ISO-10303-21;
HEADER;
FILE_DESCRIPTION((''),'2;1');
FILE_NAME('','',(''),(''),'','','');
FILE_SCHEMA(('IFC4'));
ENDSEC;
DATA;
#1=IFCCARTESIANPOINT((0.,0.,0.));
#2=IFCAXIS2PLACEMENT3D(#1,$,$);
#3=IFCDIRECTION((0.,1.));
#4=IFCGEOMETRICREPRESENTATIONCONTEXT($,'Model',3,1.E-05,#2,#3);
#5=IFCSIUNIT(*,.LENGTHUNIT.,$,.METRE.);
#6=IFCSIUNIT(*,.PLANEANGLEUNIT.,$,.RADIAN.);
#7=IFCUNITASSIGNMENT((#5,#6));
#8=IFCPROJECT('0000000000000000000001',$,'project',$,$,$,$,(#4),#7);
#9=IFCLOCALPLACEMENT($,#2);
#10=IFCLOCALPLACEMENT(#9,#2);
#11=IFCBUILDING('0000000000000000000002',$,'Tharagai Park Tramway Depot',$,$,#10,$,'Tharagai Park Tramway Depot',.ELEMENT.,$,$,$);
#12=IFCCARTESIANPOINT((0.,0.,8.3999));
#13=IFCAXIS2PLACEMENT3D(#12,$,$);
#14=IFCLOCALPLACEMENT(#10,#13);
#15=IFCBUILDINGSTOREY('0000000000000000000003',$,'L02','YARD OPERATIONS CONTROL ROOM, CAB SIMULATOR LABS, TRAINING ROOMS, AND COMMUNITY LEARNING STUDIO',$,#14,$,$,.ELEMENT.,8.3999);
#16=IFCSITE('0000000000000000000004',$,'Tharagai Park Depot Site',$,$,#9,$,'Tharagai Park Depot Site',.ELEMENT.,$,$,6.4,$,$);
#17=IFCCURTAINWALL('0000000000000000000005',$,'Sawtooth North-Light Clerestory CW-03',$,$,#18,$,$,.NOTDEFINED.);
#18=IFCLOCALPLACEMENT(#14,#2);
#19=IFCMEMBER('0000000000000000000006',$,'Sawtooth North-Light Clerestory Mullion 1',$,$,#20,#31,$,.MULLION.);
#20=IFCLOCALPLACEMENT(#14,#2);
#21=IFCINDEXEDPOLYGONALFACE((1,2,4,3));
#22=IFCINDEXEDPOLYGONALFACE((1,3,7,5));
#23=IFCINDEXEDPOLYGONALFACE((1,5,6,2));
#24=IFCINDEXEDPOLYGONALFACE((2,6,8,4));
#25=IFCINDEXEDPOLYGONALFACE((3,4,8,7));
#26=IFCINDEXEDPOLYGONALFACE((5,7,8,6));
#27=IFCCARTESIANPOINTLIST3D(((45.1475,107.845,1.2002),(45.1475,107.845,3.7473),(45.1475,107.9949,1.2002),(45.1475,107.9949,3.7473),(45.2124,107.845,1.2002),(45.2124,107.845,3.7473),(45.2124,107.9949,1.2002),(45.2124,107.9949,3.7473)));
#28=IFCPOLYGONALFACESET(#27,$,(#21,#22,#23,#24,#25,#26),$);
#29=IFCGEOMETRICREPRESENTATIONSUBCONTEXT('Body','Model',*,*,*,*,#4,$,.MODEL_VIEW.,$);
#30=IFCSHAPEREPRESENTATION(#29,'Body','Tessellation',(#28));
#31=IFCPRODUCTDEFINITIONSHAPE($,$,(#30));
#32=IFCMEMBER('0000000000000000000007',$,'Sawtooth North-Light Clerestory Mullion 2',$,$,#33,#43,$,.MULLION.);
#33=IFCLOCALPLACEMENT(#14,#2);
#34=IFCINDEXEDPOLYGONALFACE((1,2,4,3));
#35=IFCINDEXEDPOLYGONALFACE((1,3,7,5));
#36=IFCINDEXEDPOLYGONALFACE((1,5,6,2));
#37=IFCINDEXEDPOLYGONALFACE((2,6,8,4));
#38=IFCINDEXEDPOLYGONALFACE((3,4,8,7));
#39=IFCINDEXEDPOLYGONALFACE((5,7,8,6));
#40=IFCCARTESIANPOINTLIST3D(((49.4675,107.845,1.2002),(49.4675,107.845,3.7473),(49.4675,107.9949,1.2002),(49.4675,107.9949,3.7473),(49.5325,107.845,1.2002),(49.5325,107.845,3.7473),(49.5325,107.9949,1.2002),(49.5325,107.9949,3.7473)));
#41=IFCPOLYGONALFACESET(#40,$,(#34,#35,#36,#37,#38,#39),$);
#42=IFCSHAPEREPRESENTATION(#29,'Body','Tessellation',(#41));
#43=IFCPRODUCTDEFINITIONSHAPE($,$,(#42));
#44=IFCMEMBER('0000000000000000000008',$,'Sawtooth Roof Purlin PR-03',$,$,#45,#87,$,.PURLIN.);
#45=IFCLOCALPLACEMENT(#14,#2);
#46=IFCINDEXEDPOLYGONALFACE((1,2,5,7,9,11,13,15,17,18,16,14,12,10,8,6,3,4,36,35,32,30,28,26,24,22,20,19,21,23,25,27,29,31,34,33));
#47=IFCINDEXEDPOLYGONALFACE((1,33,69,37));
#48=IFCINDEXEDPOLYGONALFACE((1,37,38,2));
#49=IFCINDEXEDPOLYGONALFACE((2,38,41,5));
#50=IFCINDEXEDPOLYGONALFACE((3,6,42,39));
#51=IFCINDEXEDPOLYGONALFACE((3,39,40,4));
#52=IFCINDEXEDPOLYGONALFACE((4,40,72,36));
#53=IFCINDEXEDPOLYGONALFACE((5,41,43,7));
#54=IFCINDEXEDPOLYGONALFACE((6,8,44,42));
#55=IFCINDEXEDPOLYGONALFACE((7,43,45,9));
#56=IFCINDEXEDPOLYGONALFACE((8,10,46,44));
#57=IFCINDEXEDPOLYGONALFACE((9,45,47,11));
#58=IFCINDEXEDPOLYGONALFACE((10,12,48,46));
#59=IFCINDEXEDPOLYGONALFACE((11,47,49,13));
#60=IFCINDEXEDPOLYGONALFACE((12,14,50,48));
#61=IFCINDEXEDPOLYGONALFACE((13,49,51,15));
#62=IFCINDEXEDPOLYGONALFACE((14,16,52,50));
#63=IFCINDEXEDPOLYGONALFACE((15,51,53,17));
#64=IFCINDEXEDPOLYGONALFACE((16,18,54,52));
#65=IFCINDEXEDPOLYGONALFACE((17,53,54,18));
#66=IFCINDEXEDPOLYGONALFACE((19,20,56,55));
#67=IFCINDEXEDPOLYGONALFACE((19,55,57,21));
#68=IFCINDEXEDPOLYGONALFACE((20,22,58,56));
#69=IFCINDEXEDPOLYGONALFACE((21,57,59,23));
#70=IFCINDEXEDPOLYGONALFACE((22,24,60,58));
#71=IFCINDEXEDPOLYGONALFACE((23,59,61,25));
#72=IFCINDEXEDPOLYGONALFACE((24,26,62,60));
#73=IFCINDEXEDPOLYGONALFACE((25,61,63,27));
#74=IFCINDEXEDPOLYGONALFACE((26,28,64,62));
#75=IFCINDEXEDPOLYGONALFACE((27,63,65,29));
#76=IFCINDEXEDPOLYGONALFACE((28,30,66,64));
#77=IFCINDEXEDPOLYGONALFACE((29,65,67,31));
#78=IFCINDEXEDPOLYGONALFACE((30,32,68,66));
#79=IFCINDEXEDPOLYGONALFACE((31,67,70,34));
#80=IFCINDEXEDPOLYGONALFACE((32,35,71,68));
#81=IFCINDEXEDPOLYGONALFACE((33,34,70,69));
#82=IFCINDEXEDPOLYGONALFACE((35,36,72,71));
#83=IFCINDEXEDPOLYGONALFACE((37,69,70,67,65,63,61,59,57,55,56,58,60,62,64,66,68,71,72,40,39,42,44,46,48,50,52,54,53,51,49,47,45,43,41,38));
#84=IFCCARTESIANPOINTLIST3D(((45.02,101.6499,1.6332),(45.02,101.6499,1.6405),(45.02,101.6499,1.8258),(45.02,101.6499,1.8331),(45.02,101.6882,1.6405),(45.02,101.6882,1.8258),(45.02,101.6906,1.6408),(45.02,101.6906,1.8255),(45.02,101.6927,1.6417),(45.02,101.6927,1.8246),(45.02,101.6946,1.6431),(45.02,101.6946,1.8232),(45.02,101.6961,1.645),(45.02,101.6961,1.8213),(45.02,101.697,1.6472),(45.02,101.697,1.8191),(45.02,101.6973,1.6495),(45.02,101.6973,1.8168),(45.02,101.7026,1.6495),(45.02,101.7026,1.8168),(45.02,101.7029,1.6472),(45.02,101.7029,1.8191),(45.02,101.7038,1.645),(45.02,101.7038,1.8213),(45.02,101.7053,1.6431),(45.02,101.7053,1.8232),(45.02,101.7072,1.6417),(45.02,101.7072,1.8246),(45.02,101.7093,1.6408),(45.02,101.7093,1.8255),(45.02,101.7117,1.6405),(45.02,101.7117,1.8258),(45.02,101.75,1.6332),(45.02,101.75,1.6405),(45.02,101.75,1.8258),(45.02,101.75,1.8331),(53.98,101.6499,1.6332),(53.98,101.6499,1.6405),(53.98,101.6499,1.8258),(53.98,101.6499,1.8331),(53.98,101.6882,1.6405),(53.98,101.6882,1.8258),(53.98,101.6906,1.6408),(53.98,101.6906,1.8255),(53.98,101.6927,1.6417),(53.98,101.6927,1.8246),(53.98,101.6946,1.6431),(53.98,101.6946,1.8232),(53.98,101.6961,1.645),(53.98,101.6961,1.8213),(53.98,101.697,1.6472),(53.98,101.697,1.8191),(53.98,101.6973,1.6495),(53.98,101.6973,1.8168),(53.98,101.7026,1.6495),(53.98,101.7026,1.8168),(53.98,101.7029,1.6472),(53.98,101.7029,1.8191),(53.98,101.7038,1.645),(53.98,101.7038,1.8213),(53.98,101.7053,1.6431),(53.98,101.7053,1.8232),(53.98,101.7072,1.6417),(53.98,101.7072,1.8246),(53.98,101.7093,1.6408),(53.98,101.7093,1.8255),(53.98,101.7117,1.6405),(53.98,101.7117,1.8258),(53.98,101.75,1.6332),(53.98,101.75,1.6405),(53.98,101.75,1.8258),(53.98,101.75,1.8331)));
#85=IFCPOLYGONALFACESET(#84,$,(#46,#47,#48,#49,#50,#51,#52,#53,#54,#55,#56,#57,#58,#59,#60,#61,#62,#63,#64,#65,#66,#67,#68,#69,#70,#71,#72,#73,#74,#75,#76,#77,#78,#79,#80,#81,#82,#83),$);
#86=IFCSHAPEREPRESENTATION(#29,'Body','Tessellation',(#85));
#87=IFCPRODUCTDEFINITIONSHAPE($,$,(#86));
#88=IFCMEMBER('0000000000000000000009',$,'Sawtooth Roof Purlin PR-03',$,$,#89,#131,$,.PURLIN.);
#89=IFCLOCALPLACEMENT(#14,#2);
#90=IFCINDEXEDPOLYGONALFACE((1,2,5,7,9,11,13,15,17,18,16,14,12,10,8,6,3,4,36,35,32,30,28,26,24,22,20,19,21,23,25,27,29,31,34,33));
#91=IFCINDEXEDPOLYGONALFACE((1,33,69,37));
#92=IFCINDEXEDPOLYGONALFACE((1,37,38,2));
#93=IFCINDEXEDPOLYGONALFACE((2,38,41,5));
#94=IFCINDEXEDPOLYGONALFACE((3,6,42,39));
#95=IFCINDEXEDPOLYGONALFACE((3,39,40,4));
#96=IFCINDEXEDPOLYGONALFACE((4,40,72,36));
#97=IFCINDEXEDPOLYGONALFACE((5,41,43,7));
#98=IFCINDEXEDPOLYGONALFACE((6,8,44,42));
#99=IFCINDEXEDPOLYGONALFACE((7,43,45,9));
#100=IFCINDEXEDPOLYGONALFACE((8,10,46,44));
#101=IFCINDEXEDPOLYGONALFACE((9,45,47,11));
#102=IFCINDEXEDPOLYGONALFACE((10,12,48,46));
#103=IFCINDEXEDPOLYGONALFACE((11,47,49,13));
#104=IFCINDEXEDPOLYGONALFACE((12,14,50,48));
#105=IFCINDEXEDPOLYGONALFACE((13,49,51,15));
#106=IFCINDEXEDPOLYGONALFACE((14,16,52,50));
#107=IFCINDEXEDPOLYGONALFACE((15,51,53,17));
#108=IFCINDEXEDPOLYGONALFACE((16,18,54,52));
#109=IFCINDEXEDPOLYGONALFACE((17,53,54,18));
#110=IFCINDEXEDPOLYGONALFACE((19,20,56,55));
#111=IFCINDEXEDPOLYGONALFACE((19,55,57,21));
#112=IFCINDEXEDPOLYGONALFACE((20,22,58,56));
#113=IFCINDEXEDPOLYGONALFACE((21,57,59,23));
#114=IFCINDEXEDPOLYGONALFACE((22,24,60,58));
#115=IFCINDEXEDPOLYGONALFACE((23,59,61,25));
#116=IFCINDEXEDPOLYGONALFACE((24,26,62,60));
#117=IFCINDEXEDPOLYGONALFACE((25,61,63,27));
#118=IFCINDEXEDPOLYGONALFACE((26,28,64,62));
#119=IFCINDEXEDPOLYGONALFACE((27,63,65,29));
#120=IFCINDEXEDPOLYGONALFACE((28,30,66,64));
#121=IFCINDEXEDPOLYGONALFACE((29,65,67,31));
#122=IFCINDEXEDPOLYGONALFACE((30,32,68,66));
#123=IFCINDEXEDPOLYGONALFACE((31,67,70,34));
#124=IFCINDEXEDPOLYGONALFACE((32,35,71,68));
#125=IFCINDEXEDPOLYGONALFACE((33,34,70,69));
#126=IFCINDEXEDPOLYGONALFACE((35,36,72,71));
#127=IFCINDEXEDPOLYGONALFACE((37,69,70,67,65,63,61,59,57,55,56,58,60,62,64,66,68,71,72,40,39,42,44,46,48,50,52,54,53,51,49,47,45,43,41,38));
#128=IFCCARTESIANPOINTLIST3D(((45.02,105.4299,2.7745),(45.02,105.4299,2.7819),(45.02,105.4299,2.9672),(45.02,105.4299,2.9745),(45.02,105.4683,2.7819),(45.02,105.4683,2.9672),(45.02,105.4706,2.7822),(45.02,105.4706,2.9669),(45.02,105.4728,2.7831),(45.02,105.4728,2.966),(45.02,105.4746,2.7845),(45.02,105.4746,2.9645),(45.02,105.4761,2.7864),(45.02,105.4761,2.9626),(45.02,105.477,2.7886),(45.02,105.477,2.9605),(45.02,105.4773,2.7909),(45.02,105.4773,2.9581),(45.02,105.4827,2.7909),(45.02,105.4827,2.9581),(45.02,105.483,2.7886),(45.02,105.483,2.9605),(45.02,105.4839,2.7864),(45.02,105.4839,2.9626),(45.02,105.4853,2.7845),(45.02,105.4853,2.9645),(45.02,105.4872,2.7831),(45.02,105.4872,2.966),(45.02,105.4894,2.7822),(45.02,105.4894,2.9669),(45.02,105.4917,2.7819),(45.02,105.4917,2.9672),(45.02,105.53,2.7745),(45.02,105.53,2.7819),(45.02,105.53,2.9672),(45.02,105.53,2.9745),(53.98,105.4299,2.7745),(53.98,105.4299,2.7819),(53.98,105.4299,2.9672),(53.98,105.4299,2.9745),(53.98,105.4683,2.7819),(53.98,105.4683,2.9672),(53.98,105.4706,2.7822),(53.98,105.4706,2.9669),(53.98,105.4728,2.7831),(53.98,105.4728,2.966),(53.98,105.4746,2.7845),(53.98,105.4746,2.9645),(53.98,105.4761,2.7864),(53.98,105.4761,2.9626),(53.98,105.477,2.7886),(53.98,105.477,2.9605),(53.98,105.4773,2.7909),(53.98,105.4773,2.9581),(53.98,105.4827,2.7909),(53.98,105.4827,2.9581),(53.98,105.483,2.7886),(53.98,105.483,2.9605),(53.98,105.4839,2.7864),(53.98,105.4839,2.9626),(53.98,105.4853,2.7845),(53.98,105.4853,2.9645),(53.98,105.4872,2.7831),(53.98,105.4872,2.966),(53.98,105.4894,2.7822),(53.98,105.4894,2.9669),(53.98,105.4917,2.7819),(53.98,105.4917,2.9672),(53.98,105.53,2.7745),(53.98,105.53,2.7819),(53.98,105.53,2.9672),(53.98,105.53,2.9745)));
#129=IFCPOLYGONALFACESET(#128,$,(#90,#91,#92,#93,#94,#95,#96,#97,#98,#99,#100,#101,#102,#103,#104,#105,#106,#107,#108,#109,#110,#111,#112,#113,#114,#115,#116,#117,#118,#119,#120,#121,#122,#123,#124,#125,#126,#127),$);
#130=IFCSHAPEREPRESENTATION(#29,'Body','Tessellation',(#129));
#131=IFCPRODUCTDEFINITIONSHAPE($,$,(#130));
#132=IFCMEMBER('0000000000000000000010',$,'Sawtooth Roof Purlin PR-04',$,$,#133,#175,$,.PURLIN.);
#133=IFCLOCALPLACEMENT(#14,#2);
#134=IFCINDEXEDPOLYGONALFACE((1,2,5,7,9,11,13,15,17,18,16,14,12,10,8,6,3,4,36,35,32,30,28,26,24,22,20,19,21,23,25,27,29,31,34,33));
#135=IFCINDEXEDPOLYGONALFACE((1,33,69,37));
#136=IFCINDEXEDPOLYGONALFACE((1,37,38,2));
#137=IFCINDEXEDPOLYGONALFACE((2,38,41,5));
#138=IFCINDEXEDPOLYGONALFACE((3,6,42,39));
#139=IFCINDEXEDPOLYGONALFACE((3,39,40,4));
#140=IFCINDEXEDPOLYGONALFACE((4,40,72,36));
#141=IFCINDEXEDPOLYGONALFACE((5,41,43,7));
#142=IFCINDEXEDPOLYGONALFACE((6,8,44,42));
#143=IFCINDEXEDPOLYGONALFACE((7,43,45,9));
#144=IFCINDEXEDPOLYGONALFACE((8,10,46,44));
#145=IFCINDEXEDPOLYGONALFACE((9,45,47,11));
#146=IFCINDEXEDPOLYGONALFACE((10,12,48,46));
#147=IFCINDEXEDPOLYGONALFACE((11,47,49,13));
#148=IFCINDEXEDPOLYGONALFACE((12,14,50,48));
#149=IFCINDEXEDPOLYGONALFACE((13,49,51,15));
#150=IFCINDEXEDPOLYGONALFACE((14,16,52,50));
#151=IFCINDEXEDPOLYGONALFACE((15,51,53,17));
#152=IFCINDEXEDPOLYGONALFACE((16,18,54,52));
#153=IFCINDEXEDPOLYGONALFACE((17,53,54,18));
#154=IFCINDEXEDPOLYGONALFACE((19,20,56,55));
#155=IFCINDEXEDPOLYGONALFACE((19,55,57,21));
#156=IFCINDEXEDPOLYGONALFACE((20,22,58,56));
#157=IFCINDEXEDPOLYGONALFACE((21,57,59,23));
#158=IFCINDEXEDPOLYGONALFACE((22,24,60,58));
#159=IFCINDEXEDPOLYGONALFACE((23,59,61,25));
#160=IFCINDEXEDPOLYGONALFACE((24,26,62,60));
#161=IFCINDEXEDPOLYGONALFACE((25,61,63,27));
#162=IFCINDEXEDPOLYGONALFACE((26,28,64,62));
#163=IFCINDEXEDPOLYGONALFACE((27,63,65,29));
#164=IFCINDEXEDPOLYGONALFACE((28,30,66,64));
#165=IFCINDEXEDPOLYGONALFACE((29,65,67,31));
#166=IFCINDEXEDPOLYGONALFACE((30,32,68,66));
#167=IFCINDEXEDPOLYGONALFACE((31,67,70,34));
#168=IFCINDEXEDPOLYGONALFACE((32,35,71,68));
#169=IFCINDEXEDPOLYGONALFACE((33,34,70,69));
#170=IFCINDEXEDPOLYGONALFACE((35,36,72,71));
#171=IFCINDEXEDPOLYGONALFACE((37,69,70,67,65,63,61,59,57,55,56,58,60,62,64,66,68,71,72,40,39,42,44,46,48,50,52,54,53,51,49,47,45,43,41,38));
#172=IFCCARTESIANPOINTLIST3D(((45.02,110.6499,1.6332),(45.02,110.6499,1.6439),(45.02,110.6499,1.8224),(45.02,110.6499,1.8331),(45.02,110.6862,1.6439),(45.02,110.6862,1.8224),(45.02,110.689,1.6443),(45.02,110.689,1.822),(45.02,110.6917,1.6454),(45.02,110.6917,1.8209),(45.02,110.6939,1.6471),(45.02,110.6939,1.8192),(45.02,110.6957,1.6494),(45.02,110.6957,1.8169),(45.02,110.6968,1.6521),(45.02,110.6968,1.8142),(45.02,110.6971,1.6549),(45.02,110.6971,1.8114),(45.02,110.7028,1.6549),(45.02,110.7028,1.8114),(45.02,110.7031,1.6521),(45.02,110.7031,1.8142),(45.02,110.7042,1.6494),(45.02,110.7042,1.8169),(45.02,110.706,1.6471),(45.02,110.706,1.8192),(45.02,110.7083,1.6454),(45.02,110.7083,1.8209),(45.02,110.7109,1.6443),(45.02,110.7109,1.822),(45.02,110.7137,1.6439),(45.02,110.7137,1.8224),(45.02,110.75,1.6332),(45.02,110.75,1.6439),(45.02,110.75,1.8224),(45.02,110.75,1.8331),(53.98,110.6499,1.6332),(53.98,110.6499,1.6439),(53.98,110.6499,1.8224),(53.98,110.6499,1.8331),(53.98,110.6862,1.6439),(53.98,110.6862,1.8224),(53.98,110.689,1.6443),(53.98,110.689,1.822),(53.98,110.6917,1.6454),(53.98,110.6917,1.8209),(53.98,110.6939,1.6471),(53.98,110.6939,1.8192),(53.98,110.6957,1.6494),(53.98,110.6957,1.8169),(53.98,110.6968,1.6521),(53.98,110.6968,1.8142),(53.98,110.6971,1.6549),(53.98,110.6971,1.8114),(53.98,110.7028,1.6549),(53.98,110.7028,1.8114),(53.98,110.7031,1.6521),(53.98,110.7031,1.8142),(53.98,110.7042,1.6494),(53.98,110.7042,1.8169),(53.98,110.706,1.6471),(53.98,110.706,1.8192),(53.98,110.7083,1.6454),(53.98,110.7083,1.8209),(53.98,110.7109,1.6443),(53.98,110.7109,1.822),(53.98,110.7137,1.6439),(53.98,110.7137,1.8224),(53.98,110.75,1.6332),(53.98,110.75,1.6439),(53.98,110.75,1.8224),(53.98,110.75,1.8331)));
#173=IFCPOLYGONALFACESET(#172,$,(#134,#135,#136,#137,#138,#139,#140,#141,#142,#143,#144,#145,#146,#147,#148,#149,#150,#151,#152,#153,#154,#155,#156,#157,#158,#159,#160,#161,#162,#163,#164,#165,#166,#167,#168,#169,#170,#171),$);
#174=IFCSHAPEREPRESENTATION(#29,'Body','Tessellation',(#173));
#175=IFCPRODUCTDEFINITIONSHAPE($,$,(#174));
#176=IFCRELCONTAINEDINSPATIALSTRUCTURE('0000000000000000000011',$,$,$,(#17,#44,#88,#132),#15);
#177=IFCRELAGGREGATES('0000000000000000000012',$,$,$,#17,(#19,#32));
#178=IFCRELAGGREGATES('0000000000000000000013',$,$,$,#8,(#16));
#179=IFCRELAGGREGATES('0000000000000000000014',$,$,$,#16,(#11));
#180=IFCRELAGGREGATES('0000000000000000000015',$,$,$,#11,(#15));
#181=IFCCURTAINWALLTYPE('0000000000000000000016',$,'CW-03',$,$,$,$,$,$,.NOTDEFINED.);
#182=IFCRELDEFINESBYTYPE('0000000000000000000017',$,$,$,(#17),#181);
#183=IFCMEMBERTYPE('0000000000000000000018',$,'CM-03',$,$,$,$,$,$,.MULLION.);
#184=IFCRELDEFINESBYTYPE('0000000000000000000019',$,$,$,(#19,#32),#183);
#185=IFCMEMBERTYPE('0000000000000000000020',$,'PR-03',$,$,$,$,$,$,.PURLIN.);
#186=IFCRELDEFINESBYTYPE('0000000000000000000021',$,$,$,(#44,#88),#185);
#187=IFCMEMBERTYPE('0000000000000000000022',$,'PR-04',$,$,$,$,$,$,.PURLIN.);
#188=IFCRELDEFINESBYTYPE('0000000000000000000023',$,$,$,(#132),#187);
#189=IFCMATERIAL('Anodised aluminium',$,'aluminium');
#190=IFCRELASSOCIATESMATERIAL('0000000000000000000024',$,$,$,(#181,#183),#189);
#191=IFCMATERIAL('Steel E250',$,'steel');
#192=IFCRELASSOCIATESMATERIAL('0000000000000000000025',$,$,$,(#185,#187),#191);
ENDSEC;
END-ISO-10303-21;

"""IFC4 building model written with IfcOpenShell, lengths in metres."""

from ifc_helpers import new_model, si_unit, direction, frame, origin, origin_2d, place, context, subcontext, project, spatial, rectangle, i_section, extrude, material, material_profile, profile_set, type_object, element, aggregate, save


model = new_model("IFC4")

# Units and contexts
model_context = context("Model", 3, precision=1e-05, world=origin(), true_north=direction((0.0, 1.0)))
body_context = subcontext(model_context, "Body", "Model", "MODEL_VIEW")
ifc_project = project(units=[si_unit("LENGTHUNIT", "METRE"), si_unit("PLANEANGLEUNIT", "RADIAN")], contexts=[model_context])

# Site, building, storey
site_placement = place(None, origin())
site = spatial("IfcSite", under=ifc_project, at=site_placement, Name="Tharagai Park Depot Site", LongName="Tharagai Park Depot Site", CompositionType="ELEMENT", RefElevation=6.4)
building_placement = place(site_placement, origin())
building = spatial("IfcBuilding", under=site, at=building_placement, Name="Tharagai Park Tramway Depot", LongName="Tharagai Park Tramway Depot", CompositionType="ELEMENT")
storey_placement = place(building_placement, frame((0.0, 0.0, 8.3999)))
storey = spatial("IfcBuildingStorey", under=building, at=storey_placement, Name="L02", Description="YARD OPERATIONS CONTROL ROOM, CAB SIMULATOR LABS, TRAINING ROOMS, AND COMMUNITY LEARNING STUDIO", CompositionType="ELEMENT", Elevation=8.3999)

# Curtain wall
ifc_material_1 = material(Name="Anodised aluminium", Category="aluminium")
curtain_wall_type = type_object("IfcCurtainWallType", Name="CW-03", PredefinedType="NOTDEFINED", material=ifc_material_1)
curtain_wall_1_placement = place(storey_placement, origin())
curtain_wall_1 = element("IfcCurtainWall", 1, at=curtain_wall_1_placement, inside=storey, type_object=curtain_wall_type, Name="Sawtooth North-Light Clerestory CW-03", PredefinedType="NOTDEFINED")

# Shared definitions
ifc_material_profile_1 = material_profile(ifc_material_1, rectangle(XDim=0.0649, YDim=0.1499, at=origin_2d()), Name="ALU 65x150")
ifc_profile_set_1 = profile_set([ifc_material_profile_1], Name="Anodised aluminium")
member_type_1 = type_object("IfcMemberType", Name="CM-03", PredefinedType="MULLION", material=ifc_profile_set_1)

# Members
member_1_placement = place(storey_placement, frame((45.1799, 107.9199, 1.2002), z_axis=(0.0, 0.0, 1.0), x_axis=(1.0, 0.0, 0.0)))
member_1 = element("IfcMember", 2, at=member_1_placement, type_object=member_type_1, Name="Sawtooth North-Light Clerestory Mullion 1", PredefinedType="MULLION", context=body_context, shape_type="SweptSolid", body=[
    extrude(rectangle(XDim=0.0649, YDim=0.1499, at=origin_2d()), origin(), (0.0, 0.0, 1.0), 2.5471),
])
member_2_placement = place(storey_placement, frame((49.5, 107.9199, 1.2002), z_axis=(0.0, 0.0, 1.0), x_axis=(1.0, 0.0, 0.0)))
member_2 = element("IfcMember", 3, at=member_2_placement, type_object=member_type_1, Name="Sawtooth North-Light Clerestory Mullion 2", PredefinedType="MULLION", context=body_context, shape_type="SweptSolid", body=[
    extrude(rectangle(XDim=0.0649, YDim=0.1499, at=origin_2d()), origin(), (0.0, 0.0, 1.0), 2.5471),
])

# Members
ifc_material_2 = material(Name="Steel E250", Category="steel")
ifc_material_profile_2 = material_profile(ifc_material_2, i_section(OverallWidth=0.1001, OverallDepth=0.2, WebThickness=0.0054, FlangeThickness=0.0073, FilletRadius=0.009, at=origin_2d()), Name="ISLB 200")
ifc_profile_set_2 = profile_set([ifc_material_profile_2], Name="Steel E250")
member_type_2 = type_object("IfcMemberType", Name="PR-03", PredefinedType="PURLIN", material=ifc_profile_set_2)
for number, where, z_axis, x_axis, name in (
    (4, (45.02, 101.7, 1.7332), (1.0, 0.0, 0.0), (0.0, 1.0, 0.0), "Sawtooth Roof Purlin PR-03"),
    (5, (45.02, 105.48, 2.8745), (1.0, 0.0, 0.0), (0.0, 1.0, 0.0), "Sawtooth Roof Purlin PR-03"),
):
    element("IfcMember", number, at=place(storey_placement, frame(where, z_axis=z_axis, x_axis=x_axis)), inside=storey, type_object=member_type_2, Name=name, PredefinedType="PURLIN", context=body_context, shape_type="SweptSolid", body=[
        extrude(i_section(OverallWidth=0.1001, OverallDepth=0.2, WebThickness=0.0054, FlangeThickness=0.0073, FilletRadius=0.009, at=origin_2d()), origin(), (0.0, 0.0, 1.0), 8.96),
    ])
ifc_material_profile_3 = material_profile(ifc_material_2, i_section(OverallWidth=0.1001, OverallDepth=0.2, WebThickness=0.0056, FlangeThickness=0.0107, FilletRadius=0.011, at=origin_2d()), Name="ISMB 200")
ifc_profile_set_3 = profile_set([ifc_material_profile_3], Name="Steel E250")
member_type_3 = type_object("IfcMemberType", Name="PR-04", PredefinedType="PURLIN", material=ifc_profile_set_3)
member_3_placement = place(storey_placement, frame((45.02, 110.7, 1.7332), z_axis=(1.0, 0.0, 0.0), x_axis=(0.0, 1.0, 0.0)))
element("IfcMember", 6, at=member_3_placement, inside=storey, type_object=member_type_3, Name="Sawtooth Roof Purlin PR-04", PredefinedType="PURLIN", context=body_context, shape_type="SweptSolid", body=[
    extrude(i_section(OverallWidth=0.1001, OverallDepth=0.2, WebThickness=0.0056, FlangeThickness=0.0107, FilletRadius=0.011, at=origin_2d()), origin(), (0.0, 0.0, 1.0), 8.96),
])

aggregate(curtain_wall_1, [member_1, member_2])

save(model, "model.ifc")
